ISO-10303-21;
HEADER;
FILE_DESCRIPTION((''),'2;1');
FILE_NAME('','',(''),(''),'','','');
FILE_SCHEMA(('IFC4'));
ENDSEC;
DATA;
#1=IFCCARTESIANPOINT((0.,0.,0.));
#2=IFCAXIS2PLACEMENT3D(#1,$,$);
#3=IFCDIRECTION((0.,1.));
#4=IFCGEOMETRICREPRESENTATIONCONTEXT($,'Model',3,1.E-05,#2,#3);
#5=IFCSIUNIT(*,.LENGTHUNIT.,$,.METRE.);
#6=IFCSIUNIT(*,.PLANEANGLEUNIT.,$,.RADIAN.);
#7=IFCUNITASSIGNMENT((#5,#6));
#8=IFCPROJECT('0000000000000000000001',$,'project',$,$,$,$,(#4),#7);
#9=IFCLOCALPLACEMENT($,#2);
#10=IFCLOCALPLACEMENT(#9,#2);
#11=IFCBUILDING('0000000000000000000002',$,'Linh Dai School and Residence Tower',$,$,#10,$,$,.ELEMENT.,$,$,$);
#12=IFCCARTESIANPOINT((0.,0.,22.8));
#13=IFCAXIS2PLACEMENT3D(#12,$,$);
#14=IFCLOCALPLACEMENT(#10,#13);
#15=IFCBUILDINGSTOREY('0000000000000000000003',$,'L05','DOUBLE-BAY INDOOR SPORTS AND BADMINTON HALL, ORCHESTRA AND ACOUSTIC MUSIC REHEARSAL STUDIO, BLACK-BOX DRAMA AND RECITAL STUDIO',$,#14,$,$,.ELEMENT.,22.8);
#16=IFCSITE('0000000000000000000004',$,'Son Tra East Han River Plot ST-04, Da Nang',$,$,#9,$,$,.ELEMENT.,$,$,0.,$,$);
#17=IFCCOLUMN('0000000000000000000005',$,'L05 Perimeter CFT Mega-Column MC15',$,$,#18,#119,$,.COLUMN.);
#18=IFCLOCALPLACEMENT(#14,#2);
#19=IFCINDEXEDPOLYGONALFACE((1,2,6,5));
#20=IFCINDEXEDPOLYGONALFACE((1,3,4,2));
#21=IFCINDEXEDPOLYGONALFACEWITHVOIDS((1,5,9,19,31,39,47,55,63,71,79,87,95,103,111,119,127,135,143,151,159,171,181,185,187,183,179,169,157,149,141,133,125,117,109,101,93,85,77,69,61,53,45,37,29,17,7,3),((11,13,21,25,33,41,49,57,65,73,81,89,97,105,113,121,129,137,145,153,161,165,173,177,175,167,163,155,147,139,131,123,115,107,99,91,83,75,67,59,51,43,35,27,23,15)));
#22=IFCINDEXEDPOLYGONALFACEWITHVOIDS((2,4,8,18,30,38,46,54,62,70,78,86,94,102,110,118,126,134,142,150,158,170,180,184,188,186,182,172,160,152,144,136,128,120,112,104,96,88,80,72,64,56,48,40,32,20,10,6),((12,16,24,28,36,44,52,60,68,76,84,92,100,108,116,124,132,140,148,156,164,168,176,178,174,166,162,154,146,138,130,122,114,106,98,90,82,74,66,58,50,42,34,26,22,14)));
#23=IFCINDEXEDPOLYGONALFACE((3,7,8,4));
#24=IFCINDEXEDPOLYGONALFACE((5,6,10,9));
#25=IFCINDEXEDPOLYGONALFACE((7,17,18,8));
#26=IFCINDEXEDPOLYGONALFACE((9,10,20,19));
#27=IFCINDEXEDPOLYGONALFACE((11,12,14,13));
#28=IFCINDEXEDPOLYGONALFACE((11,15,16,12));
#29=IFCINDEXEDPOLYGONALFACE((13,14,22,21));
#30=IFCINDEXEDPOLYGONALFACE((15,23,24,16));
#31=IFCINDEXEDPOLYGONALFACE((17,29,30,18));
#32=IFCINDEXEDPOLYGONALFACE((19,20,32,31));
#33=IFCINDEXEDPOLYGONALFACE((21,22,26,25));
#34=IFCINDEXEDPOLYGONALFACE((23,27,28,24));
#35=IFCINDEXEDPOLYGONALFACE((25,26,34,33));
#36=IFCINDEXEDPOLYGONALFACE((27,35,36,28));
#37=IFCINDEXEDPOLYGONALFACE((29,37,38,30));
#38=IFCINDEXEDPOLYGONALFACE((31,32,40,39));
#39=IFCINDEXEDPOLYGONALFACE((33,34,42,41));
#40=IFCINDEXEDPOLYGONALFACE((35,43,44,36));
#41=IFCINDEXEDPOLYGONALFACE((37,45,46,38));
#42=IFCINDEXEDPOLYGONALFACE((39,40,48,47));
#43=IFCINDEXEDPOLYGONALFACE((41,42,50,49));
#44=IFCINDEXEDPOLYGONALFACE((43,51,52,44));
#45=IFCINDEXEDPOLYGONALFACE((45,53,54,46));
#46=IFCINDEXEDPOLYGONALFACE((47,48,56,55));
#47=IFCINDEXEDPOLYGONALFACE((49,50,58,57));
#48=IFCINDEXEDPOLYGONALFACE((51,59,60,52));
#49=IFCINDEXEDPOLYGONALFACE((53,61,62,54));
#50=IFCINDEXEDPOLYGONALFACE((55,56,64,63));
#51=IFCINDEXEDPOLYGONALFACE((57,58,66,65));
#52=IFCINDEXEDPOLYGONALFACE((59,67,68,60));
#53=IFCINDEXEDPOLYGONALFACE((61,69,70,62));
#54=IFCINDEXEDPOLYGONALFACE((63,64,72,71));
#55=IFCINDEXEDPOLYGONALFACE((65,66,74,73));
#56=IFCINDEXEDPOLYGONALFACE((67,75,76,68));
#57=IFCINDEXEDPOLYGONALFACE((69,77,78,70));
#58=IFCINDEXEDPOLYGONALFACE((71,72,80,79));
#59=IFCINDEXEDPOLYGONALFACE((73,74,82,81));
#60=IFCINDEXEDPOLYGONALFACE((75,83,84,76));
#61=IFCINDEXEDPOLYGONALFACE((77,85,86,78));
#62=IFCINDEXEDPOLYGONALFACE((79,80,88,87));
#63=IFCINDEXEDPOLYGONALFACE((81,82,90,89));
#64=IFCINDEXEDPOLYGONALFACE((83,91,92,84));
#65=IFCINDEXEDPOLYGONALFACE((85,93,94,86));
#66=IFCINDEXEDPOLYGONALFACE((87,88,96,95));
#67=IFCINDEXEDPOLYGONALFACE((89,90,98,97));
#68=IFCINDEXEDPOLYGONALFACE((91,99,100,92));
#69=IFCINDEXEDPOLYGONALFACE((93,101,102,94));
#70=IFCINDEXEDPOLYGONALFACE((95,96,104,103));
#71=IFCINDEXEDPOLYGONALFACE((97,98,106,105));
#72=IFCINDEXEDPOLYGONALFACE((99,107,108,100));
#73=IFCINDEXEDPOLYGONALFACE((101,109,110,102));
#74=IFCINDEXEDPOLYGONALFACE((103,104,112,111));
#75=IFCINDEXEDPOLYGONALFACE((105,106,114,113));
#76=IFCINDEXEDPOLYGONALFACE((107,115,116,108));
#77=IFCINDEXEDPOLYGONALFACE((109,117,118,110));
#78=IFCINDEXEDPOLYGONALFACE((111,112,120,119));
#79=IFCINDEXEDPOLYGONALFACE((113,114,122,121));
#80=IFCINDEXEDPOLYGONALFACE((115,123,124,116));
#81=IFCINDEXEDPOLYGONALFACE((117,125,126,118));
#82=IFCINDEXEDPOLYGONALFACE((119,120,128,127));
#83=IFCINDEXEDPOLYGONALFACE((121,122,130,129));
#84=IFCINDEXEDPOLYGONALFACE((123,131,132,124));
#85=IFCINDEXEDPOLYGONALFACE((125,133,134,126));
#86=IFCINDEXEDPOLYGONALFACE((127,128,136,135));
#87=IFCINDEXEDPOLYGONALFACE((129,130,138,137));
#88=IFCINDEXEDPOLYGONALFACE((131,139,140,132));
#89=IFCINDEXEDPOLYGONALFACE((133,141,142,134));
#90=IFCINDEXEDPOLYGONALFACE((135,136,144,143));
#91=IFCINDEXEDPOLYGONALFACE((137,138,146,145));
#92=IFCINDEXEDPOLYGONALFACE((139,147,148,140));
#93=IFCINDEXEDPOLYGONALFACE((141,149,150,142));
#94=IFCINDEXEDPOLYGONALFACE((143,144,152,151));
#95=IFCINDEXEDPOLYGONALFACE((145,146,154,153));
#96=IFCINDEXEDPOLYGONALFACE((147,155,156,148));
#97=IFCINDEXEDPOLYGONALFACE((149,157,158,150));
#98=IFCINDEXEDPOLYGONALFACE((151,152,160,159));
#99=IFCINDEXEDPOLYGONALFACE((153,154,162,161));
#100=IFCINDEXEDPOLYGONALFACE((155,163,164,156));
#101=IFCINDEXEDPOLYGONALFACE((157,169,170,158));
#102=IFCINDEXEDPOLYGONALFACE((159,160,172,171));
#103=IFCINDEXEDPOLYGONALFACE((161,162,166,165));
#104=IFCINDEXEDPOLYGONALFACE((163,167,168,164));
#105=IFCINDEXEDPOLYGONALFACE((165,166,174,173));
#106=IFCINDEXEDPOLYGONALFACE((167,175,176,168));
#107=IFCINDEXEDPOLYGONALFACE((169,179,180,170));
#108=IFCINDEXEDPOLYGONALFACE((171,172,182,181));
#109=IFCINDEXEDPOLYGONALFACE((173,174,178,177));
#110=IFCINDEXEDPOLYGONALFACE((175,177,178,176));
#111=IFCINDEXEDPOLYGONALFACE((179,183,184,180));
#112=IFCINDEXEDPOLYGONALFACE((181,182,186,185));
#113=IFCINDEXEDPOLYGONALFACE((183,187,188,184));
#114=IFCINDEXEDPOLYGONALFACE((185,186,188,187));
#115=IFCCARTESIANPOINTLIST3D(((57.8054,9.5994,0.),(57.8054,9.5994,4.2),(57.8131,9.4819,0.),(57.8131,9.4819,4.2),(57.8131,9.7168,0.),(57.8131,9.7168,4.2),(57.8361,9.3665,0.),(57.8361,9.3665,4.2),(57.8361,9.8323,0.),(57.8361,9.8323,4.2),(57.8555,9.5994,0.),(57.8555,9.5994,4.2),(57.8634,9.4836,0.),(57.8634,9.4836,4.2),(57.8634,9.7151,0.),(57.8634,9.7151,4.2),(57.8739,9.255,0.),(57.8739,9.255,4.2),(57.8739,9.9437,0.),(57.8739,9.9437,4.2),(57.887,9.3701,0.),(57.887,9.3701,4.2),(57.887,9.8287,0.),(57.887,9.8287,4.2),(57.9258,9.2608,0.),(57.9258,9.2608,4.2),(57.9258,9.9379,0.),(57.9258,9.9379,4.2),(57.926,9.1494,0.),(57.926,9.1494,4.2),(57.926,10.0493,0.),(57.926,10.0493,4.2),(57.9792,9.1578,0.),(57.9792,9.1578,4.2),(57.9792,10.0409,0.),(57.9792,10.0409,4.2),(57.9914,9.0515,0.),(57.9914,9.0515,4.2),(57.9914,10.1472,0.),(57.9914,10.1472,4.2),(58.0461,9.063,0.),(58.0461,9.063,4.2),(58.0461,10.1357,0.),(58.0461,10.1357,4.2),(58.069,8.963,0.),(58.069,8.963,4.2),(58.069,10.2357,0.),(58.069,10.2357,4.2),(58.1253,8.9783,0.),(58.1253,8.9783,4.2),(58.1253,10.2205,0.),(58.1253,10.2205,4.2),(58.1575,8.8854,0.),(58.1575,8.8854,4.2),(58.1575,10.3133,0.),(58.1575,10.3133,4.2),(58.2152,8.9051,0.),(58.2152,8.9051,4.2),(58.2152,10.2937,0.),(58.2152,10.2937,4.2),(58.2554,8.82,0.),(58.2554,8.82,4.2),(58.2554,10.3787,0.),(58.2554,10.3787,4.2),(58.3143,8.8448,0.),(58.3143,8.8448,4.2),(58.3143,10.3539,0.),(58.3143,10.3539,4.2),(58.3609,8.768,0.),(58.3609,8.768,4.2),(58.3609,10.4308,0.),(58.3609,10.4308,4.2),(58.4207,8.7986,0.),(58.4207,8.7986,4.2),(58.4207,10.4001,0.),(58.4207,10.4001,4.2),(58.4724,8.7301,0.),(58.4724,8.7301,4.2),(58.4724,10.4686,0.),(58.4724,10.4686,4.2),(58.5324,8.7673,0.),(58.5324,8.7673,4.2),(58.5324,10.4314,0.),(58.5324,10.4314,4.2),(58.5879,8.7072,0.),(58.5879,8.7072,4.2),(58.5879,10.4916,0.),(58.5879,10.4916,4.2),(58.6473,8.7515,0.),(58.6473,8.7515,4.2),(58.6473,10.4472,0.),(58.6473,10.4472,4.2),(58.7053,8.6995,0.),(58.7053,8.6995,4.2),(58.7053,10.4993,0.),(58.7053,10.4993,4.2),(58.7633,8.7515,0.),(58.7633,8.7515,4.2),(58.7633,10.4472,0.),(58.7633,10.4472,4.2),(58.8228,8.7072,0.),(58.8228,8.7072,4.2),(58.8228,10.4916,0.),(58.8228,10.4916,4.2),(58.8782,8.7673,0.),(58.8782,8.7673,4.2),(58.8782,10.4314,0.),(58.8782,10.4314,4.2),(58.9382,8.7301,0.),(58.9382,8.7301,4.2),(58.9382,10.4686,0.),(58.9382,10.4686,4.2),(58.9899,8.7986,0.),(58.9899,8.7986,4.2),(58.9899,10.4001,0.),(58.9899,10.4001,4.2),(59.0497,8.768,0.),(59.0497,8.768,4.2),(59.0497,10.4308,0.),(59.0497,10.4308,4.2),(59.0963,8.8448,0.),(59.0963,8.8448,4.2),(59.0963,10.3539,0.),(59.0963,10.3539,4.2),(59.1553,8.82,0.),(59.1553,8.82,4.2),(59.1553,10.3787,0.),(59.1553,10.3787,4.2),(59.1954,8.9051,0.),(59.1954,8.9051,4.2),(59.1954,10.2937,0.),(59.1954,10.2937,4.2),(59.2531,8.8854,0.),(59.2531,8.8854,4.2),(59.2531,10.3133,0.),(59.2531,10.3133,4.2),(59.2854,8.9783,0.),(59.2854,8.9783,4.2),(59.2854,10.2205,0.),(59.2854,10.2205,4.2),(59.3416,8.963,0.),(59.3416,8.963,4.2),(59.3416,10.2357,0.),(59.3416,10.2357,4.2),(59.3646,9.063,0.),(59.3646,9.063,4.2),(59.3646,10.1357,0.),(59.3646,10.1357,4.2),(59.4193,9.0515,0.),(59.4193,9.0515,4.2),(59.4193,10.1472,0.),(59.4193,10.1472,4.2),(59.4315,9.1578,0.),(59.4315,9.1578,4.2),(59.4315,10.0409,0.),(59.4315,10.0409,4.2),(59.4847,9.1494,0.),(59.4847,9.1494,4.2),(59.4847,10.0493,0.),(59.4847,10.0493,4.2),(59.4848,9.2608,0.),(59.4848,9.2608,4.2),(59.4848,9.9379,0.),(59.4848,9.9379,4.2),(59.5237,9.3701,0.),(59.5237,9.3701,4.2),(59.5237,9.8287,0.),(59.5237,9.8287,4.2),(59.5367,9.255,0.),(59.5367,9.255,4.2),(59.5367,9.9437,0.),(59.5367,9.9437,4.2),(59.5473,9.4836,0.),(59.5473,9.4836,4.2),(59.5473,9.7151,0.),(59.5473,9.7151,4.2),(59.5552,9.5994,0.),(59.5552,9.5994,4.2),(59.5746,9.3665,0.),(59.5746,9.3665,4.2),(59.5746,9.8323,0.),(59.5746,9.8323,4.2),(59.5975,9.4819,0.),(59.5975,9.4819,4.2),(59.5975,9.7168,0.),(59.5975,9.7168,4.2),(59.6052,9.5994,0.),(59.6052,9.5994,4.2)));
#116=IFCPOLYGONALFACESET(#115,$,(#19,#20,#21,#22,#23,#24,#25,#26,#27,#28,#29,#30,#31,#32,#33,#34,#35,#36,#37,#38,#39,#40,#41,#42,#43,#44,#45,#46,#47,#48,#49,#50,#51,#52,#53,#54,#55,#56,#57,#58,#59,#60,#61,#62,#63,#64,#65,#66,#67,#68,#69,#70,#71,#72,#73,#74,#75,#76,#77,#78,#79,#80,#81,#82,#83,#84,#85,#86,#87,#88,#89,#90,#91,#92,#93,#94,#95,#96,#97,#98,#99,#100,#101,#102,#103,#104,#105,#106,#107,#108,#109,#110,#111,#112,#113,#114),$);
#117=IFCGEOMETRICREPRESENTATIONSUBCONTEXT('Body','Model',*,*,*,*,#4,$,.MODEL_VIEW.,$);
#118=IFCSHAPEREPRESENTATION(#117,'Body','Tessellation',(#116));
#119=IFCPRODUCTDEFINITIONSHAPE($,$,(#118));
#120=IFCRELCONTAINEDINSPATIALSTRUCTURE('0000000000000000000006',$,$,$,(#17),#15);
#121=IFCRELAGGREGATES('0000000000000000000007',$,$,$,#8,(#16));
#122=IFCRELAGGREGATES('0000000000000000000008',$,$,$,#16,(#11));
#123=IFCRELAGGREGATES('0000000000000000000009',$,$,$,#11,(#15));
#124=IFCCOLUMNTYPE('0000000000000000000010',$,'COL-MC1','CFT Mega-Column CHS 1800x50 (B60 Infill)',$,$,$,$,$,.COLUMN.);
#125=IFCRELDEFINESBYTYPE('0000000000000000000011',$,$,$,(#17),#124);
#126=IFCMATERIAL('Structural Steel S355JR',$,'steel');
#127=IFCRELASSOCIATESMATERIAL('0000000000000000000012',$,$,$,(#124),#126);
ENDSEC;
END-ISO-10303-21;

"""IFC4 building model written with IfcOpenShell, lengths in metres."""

from ifc_helpers import new_model, si_unit, direction, frame, origin, origin_2d, place, context, subcontext, project, spatial, hollow_circle, extrude, material, material_profile, profile_set, type_object, element, save


model = new_model("IFC4")

# Units and contexts
model_context = context("Model", 3, precision=1e-05, world=origin(), true_north=direction((0.0, 1.0)))
body_context = subcontext(model_context, "Body", "Model", "MODEL_VIEW")
ifc_project = project(units=[si_unit("LENGTHUNIT", "METRE"), si_unit("PLANEANGLEUNIT", "RADIAN")], contexts=[model_context])

# Site, building, storey
site_placement = place(None, origin())
site = spatial("IfcSite", under=ifc_project, at=site_placement, Name="Son Tra East Han River Plot ST-04, Da Nang", CompositionType="ELEMENT", RefElevation=0.0)
building_placement = place(site_placement, origin())
building = spatial("IfcBuilding", under=site, at=building_placement, Name="Linh Dai School and Residence Tower", CompositionType="ELEMENT")
storey_placement = place(building_placement, frame((0.0, 0.0, 22.8)))
storey = spatial("IfcBuildingStorey", under=building, at=storey_placement, Name="L05", Description="DOUBLE-BAY INDOOR SPORTS AND BADMINTON HALL, ORCHESTRA AND ACOUSTIC MUSIC REHEARSAL STUDIO, BLACK-BOX DRAMA AND RECITAL STUDIO", CompositionType="ELEMENT", Elevation=22.8)

# Column
ifc_material_1 = material(Name="Structural Steel S355JR", Category="steel")
ifc_material_profile_1 = material_profile(ifc_material_1, hollow_circle(Radius=0.8999, WallThickness=0.05, at=origin_2d()), Name="CHS 1800x50")
ifc_profile_set_1 = profile_set([ifc_material_profile_1], Name="Structural Steel S355JR")
column_type_1 = type_object("IfcColumnType", Name="COL-MC1", Description="CFT Mega-Column CHS 1800x50 (B60 Infill)", PredefinedType="COLUMN", material=ifc_profile_set_1)
for number, where, z_axis, x_axis, name in (
    (1, (58.7053, 9.5994, 0.0), (0.0, 0.0, 1.0), (1.0, 0.0, 0.0), "L05 Perimeter CFT Mega-Column MC15"),
):
    element("IfcColumn", number, at=place(storey_placement, frame(where, z_axis=z_axis, x_axis=x_axis)), inside=storey, type_object=column_type_1, Name=name, PredefinedType="COLUMN", context=body_context, shape_type="SweptSolid", body=[
        extrude(hollow_circle(Radius=0.8999, WallThickness=0.05, at=origin_2d()), origin(), (0.0, 0.0, 1.0), 4.2),
    ])

save(model, "model.ifc")
